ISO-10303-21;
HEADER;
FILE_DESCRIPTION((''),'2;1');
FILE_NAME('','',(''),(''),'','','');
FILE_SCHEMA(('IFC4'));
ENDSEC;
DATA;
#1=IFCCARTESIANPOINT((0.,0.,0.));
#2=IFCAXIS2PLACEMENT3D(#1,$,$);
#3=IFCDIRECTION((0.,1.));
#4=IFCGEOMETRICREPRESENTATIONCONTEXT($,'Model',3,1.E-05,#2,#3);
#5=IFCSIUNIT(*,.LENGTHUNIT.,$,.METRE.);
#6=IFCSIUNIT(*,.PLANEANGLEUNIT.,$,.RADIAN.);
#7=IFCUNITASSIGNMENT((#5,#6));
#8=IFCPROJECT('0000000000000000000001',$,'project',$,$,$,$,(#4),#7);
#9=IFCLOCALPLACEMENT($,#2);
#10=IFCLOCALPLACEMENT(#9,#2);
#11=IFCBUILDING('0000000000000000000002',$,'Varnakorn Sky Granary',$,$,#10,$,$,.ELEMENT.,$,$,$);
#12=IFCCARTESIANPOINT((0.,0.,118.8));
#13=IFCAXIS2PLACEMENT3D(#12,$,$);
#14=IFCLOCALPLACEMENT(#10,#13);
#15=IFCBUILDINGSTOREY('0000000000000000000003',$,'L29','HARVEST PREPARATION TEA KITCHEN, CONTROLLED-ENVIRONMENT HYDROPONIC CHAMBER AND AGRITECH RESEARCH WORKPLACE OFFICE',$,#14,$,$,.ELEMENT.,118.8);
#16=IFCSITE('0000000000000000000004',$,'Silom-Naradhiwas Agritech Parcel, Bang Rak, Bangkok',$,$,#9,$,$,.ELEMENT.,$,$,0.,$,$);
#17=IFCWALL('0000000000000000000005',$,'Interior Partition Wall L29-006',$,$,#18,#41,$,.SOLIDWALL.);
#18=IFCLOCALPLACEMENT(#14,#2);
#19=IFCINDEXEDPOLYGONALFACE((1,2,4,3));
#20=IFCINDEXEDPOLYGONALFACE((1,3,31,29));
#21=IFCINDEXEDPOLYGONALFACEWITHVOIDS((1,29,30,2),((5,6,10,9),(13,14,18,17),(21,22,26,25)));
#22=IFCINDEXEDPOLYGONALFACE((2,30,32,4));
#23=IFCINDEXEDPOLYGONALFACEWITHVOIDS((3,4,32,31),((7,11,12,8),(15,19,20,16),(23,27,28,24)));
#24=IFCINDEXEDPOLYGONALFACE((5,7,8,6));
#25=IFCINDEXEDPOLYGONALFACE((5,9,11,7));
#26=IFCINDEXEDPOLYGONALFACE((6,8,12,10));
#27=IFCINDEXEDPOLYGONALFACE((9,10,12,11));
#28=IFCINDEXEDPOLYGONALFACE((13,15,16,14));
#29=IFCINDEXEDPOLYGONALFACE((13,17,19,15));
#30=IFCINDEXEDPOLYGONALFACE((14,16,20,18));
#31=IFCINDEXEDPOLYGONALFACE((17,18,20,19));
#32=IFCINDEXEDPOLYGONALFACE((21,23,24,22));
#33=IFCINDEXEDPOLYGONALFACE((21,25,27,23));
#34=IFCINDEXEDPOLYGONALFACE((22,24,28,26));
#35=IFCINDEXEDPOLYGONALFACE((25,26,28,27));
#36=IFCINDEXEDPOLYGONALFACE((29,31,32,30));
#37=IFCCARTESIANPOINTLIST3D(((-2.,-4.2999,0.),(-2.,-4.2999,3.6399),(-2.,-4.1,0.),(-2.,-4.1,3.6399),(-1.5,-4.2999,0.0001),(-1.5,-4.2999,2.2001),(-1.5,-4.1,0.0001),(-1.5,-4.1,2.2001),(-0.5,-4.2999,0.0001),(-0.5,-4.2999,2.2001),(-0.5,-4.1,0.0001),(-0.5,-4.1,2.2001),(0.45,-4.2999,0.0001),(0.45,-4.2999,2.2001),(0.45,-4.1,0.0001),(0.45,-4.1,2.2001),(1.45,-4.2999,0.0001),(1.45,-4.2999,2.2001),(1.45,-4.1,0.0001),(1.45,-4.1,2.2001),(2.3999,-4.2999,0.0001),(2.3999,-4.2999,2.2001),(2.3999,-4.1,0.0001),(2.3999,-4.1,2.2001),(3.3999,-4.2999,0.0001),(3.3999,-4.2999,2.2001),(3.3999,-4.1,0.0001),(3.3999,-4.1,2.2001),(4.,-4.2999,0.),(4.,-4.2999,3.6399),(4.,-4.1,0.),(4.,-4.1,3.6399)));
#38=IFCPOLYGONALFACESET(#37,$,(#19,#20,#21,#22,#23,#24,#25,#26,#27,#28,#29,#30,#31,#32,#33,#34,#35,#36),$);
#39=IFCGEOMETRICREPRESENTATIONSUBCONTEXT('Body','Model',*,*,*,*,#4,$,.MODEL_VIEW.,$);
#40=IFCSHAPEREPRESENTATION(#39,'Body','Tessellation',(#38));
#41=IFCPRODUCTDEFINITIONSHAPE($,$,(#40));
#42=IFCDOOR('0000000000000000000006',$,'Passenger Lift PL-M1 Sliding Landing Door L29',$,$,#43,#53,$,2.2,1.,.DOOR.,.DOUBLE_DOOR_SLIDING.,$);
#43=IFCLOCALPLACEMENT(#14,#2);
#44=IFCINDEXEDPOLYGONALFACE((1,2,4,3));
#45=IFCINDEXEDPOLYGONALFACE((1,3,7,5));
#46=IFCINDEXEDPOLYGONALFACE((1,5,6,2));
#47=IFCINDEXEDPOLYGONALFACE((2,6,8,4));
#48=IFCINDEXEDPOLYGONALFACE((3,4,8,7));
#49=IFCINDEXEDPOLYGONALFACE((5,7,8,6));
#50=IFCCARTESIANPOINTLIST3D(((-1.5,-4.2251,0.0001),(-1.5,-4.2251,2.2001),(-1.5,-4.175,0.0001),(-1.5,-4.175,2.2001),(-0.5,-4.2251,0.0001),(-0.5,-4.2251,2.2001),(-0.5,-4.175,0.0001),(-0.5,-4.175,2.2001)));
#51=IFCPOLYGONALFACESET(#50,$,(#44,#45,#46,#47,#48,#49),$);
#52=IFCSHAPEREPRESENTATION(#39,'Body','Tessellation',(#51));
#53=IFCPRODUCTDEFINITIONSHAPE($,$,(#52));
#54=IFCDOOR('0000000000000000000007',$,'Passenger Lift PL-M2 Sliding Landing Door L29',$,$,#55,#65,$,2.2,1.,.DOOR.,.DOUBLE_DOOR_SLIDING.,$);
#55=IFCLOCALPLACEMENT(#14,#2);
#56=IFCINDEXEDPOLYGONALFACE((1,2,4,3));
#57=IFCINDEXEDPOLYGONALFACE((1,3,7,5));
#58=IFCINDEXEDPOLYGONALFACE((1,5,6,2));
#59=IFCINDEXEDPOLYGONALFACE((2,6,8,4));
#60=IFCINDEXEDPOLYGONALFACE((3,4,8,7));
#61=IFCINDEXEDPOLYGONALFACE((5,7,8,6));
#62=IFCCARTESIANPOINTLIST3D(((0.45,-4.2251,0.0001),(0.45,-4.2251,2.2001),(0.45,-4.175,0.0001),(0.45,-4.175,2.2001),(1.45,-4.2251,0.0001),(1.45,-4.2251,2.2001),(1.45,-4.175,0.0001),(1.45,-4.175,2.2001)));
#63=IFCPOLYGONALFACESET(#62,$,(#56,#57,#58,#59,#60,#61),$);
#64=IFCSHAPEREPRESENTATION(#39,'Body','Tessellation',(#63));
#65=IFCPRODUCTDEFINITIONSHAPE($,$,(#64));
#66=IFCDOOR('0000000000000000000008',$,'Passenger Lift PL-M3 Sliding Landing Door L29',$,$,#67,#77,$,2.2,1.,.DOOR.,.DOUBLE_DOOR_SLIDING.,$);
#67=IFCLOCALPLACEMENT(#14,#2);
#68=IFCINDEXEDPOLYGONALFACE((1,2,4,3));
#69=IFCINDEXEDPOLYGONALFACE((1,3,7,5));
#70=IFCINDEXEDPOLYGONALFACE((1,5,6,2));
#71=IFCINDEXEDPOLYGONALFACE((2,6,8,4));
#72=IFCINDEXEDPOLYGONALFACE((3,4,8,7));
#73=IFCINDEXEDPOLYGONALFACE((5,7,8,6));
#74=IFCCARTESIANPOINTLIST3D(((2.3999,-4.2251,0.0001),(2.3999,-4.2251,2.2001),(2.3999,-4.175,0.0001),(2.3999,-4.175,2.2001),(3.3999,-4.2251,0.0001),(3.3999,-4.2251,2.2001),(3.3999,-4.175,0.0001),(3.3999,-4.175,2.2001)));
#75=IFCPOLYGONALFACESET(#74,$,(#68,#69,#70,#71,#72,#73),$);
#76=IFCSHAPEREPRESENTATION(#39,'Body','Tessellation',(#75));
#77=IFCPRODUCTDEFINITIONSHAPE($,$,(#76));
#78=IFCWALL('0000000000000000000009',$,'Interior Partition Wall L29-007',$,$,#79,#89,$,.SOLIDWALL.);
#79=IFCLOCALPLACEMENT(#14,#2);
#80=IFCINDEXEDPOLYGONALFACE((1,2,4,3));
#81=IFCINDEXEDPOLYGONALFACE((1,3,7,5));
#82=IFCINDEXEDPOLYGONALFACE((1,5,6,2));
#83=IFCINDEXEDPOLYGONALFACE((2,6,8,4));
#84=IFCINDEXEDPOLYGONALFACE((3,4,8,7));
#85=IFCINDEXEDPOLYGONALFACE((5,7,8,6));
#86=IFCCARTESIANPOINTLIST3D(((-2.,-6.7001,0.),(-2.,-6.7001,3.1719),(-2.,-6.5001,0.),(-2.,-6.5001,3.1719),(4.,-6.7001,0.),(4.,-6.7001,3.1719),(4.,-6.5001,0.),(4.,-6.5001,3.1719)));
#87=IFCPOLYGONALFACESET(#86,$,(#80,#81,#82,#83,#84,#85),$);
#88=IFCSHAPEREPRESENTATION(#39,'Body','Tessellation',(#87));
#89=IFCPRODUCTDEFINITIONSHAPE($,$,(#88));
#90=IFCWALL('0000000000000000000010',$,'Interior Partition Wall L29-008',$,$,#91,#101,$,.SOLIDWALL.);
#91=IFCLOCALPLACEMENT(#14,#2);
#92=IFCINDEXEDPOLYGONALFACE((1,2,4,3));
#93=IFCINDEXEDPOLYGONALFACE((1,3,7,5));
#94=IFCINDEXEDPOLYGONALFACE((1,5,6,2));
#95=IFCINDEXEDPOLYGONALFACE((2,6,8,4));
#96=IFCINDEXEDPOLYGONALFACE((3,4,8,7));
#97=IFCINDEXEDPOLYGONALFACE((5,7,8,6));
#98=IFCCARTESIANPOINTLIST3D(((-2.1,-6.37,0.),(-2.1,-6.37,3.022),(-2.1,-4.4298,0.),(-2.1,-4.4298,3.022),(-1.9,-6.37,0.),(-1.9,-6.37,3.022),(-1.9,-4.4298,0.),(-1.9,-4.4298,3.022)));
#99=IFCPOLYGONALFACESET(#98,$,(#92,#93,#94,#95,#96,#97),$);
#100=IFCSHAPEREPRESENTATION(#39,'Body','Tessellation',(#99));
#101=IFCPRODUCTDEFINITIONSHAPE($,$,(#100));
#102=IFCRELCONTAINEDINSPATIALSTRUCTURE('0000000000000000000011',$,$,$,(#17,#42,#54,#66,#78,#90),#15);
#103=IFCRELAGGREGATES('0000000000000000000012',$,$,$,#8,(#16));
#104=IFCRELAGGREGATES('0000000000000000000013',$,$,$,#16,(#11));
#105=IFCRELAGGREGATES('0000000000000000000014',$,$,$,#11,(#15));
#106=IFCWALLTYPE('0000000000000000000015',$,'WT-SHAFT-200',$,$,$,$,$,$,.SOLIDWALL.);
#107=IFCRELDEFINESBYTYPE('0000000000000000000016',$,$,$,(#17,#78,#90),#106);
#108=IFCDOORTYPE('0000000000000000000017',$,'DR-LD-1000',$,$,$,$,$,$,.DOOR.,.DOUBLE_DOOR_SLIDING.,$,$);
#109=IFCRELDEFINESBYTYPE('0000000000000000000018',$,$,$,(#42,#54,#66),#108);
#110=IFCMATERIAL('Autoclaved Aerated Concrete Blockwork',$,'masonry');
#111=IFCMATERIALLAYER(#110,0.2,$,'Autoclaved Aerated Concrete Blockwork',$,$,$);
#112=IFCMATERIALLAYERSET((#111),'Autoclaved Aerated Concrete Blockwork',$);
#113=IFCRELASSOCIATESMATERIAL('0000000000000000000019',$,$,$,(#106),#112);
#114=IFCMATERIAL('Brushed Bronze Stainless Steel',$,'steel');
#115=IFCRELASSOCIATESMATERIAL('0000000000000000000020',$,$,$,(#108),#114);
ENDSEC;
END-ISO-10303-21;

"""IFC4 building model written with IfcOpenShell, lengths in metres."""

from ifc_helpers import new_model, si_unit, direction, frame, frame_2d, origin, place, context, subcontext, project, spatial, rectangle, extrude, material, layer, layer_set, type_object, element, fill, save


model = new_model("IFC4")

# Units and contexts
model_context = context("Model", 3, precision=1e-05, world=origin(), true_north=direction((0.0, 1.0)))
body_context = subcontext(model_context, "Body", "Model", "MODEL_VIEW")
ifc_project = project(units=[si_unit("LENGTHUNIT", "METRE"), si_unit("PLANEANGLEUNIT", "RADIAN")], contexts=[model_context])

# Site, building, storey
site_placement = place(None, origin())
site = spatial("IfcSite", under=ifc_project, at=site_placement, Name="Silom-Naradhiwas Agritech Parcel, Bang Rak, Bangkok", CompositionType="ELEMENT", RefElevation=0.0)
building_placement = place(site_placement, origin())
building = spatial("IfcBuilding", under=site, at=building_placement, Name="Varnakorn Sky Granary", CompositionType="ELEMENT")
storey_placement = place(building_placement, frame((0.0, 0.0, 118.8)))
storey = spatial("IfcBuildingStorey", under=building, at=storey_placement, Name="L29", Description="HARVEST PREPARATION TEA KITCHEN, CONTROLLED-ENVIRONMENT HYDROPONIC CHAMBER AND AGRITECH RESEARCH WORKPLACE OFFICE", CompositionType="ELEMENT", Elevation=118.8)

# Shared definitions
ifc_material_1 = material(Name="Autoclaved Aerated Concrete Blockwork", Category="masonry")

# Wall, openings, doors
ifc_layer_1 = layer(ifc_material_1, 0.2, Name="Autoclaved Aerated Concrete Blockwork")
ifc_layer_set_1 = layer_set([ifc_layer_1], Name="Autoclaved Aerated Concrete Blockwork")
wall_type_1 = type_object("IfcWallType", Name="WT-SHAFT-200", PredefinedType="SOLIDWALL", material=ifc_layer_set_1)
wall_1_placement = place(storey_placement, frame((-2.0, -4.2, 0.0), z_axis=(0.0, 0.0, 1.0), x_axis=(1.0, 0.0, 0.0)))
wall_1 = element("IfcWall", 1, at=wall_1_placement, inside=storey, type_object=wall_type_1, Name="Interior Partition Wall L29-006", PredefinedType="SOLIDWALL", context=body_context, shape_type="SweptSolid", body=[
    extrude(rectangle(XDim=6.0, YDim=0.2, at=frame_2d((3.0, 0.0))), origin(), (0.0, 0.0, 1.0), 3.6399),
])
opening_1_placement = place(wall_1_placement, frame((0.5, 0.0, 0.0)))
opening_1 = element("IfcOpeningElement", 2, at=opening_1_placement, cuts=wall_1, PredefinedType="OPENING", context=body_context, shape_type="SweptSolid", body=[
    extrude(rectangle(XDim=1.0, YDim=2.2, at=frame_2d((0.5, 1.1001))), frame((0.0, 0.1099, 0.0), z_axis=(0.0, -1.0, 0.0), x_axis=(1.0, 0.0, 0.0)), (0.0, 0.0, 1.0), 0.22),
])
opening_2_placement = place(wall_1_placement, frame((2.45, 0.0, 0.0)))
opening_2 = element("IfcOpeningElement", 3, at=opening_2_placement, cuts=wall_1, PredefinedType="OPENING", context=body_context, shape_type="SweptSolid", body=[
    extrude(rectangle(XDim=1.0, YDim=2.2, at=frame_2d((0.5, 1.1001))), frame((0.0, 0.1099, 0.0), z_axis=(0.0, -1.0, 0.0), x_axis=(1.0, 0.0, 0.0)), (0.0, 0.0, 1.0), 0.22),
])
opening_3_placement = place(wall_1_placement, frame((4.3999, 0.0, 0.0)))
opening_3 = element("IfcOpeningElement", 4, at=opening_3_placement, cuts=wall_1, PredefinedType="OPENING", context=body_context, shape_type="SweptSolid", body=[
    extrude(rectangle(XDim=1.0, YDim=2.2, at=frame_2d((0.5, 1.1001))), frame((0.0, 0.1099, 0.0), z_axis=(0.0, -1.0, 0.0), x_axis=(1.0, 0.0, 0.0)), (0.0, 0.0, 1.0), 0.22),
])
ifc_material_2 = material(Name="Brushed Bronze Stainless Steel", Category="steel")
door_type_1 = type_object("IfcDoorType", Name="DR-LD-1000", OperationType="DOUBLE_DOOR_SLIDING", PredefinedType="DOOR", material=ifc_material_2)
door_1_placement = place(opening_1_placement, origin())
door_1 = element("IfcDoor", 5, at=door_1_placement, inside=storey, type_object=door_type_1, Name="Passenger Lift PL-M1 Sliding Landing Door L29", OperationType="DOUBLE_DOOR_SLIDING", OverallHeight=2.2, OverallWidth=1.0, PredefinedType="DOOR", context=body_context, shape_type="SweptSolid", body=[
    extrude(rectangle(XDim=1.0, YDim=2.2, at=frame_2d((0.5, 1.1001))), frame((0.0, 0.0249, 0.0), z_axis=(0.0, -1.0, 0.0), x_axis=(1.0, 0.0, 0.0)), (0.0, 0.0, 1.0), 0.05),
])
fill(opening_1, door_1)
door_2_placement = place(opening_2_placement, origin())
door_2 = element("IfcDoor", 6, at=door_2_placement, inside=storey, type_object=door_type_1, Name="Passenger Lift PL-M2 Sliding Landing Door L29", OperationType="DOUBLE_DOOR_SLIDING", OverallHeight=2.2, OverallWidth=1.0, PredefinedType="DOOR", context=body_context, shape_type="SweptSolid", body=[
    extrude(rectangle(XDim=1.0, YDim=2.2, at=frame_2d((0.5, 1.1001))), frame((0.0, 0.0249, 0.0), z_axis=(0.0, -1.0, 0.0), x_axis=(1.0, 0.0, 0.0)), (0.0, 0.0, 1.0), 0.05),
])
fill(opening_2, door_2)
door_3_placement = place(opening_3_placement, origin())
door_3 = element("IfcDoor", 7, at=door_3_placement, inside=storey, type_object=door_type_1, Name="Passenger Lift PL-M3 Sliding Landing Door L29", OperationType="DOUBLE_DOOR_SLIDING", OverallHeight=2.2, OverallWidth=1.0, PredefinedType="DOOR", context=body_context, shape_type="SweptSolid", body=[
    extrude(rectangle(XDim=1.0, YDim=2.2, at=frame_2d((0.5, 1.1001))), frame((0.0, 0.0249, 0.0), z_axis=(0.0, -1.0, 0.0), x_axis=(1.0, 0.0, 0.0)), (0.0, 0.0, 1.0), 0.05),
])
fill(opening_3, door_3)

# Walls
wall_2_placement = place(storey_placement, frame((-2.0, -6.6001, 0.0), z_axis=(0.0, 0.0, 1.0), x_axis=(1.0, 0.0, 0.0)))
element("IfcWall", 8, at=wall_2_placement, inside=storey, type_object=wall_type_1, Name="Interior Partition Wall L29-007", PredefinedType="SOLIDWALL", context=body_context, shape_type="SweptSolid", body=[
    extrude(rectangle(XDim=6.0, YDim=0.2, at=frame_2d((3.0, 0.0))), origin(), (0.0, 0.0, 1.0), 3.1719),
])
wall_3_placement = place(storey_placement, frame((-2.0, -6.3701, 0.0), z_axis=(0.0, 0.0, 1.0), x_axis=(0.0, 1.0, 0.0)))
element("IfcWall", 9, at=wall_3_placement, inside=storey, type_object=wall_type_1, Name="Interior Partition Wall L29-008", PredefinedType="SOLIDWALL", context=body_context, shape_type="SweptSolid", body=[
    extrude(rectangle(XDim=1.9402, YDim=0.2, at=frame_2d((0.9702, 0.0))), origin(), (0.0, 0.0, 1.0), 3.022),
])

save(model, "model.ifc")
